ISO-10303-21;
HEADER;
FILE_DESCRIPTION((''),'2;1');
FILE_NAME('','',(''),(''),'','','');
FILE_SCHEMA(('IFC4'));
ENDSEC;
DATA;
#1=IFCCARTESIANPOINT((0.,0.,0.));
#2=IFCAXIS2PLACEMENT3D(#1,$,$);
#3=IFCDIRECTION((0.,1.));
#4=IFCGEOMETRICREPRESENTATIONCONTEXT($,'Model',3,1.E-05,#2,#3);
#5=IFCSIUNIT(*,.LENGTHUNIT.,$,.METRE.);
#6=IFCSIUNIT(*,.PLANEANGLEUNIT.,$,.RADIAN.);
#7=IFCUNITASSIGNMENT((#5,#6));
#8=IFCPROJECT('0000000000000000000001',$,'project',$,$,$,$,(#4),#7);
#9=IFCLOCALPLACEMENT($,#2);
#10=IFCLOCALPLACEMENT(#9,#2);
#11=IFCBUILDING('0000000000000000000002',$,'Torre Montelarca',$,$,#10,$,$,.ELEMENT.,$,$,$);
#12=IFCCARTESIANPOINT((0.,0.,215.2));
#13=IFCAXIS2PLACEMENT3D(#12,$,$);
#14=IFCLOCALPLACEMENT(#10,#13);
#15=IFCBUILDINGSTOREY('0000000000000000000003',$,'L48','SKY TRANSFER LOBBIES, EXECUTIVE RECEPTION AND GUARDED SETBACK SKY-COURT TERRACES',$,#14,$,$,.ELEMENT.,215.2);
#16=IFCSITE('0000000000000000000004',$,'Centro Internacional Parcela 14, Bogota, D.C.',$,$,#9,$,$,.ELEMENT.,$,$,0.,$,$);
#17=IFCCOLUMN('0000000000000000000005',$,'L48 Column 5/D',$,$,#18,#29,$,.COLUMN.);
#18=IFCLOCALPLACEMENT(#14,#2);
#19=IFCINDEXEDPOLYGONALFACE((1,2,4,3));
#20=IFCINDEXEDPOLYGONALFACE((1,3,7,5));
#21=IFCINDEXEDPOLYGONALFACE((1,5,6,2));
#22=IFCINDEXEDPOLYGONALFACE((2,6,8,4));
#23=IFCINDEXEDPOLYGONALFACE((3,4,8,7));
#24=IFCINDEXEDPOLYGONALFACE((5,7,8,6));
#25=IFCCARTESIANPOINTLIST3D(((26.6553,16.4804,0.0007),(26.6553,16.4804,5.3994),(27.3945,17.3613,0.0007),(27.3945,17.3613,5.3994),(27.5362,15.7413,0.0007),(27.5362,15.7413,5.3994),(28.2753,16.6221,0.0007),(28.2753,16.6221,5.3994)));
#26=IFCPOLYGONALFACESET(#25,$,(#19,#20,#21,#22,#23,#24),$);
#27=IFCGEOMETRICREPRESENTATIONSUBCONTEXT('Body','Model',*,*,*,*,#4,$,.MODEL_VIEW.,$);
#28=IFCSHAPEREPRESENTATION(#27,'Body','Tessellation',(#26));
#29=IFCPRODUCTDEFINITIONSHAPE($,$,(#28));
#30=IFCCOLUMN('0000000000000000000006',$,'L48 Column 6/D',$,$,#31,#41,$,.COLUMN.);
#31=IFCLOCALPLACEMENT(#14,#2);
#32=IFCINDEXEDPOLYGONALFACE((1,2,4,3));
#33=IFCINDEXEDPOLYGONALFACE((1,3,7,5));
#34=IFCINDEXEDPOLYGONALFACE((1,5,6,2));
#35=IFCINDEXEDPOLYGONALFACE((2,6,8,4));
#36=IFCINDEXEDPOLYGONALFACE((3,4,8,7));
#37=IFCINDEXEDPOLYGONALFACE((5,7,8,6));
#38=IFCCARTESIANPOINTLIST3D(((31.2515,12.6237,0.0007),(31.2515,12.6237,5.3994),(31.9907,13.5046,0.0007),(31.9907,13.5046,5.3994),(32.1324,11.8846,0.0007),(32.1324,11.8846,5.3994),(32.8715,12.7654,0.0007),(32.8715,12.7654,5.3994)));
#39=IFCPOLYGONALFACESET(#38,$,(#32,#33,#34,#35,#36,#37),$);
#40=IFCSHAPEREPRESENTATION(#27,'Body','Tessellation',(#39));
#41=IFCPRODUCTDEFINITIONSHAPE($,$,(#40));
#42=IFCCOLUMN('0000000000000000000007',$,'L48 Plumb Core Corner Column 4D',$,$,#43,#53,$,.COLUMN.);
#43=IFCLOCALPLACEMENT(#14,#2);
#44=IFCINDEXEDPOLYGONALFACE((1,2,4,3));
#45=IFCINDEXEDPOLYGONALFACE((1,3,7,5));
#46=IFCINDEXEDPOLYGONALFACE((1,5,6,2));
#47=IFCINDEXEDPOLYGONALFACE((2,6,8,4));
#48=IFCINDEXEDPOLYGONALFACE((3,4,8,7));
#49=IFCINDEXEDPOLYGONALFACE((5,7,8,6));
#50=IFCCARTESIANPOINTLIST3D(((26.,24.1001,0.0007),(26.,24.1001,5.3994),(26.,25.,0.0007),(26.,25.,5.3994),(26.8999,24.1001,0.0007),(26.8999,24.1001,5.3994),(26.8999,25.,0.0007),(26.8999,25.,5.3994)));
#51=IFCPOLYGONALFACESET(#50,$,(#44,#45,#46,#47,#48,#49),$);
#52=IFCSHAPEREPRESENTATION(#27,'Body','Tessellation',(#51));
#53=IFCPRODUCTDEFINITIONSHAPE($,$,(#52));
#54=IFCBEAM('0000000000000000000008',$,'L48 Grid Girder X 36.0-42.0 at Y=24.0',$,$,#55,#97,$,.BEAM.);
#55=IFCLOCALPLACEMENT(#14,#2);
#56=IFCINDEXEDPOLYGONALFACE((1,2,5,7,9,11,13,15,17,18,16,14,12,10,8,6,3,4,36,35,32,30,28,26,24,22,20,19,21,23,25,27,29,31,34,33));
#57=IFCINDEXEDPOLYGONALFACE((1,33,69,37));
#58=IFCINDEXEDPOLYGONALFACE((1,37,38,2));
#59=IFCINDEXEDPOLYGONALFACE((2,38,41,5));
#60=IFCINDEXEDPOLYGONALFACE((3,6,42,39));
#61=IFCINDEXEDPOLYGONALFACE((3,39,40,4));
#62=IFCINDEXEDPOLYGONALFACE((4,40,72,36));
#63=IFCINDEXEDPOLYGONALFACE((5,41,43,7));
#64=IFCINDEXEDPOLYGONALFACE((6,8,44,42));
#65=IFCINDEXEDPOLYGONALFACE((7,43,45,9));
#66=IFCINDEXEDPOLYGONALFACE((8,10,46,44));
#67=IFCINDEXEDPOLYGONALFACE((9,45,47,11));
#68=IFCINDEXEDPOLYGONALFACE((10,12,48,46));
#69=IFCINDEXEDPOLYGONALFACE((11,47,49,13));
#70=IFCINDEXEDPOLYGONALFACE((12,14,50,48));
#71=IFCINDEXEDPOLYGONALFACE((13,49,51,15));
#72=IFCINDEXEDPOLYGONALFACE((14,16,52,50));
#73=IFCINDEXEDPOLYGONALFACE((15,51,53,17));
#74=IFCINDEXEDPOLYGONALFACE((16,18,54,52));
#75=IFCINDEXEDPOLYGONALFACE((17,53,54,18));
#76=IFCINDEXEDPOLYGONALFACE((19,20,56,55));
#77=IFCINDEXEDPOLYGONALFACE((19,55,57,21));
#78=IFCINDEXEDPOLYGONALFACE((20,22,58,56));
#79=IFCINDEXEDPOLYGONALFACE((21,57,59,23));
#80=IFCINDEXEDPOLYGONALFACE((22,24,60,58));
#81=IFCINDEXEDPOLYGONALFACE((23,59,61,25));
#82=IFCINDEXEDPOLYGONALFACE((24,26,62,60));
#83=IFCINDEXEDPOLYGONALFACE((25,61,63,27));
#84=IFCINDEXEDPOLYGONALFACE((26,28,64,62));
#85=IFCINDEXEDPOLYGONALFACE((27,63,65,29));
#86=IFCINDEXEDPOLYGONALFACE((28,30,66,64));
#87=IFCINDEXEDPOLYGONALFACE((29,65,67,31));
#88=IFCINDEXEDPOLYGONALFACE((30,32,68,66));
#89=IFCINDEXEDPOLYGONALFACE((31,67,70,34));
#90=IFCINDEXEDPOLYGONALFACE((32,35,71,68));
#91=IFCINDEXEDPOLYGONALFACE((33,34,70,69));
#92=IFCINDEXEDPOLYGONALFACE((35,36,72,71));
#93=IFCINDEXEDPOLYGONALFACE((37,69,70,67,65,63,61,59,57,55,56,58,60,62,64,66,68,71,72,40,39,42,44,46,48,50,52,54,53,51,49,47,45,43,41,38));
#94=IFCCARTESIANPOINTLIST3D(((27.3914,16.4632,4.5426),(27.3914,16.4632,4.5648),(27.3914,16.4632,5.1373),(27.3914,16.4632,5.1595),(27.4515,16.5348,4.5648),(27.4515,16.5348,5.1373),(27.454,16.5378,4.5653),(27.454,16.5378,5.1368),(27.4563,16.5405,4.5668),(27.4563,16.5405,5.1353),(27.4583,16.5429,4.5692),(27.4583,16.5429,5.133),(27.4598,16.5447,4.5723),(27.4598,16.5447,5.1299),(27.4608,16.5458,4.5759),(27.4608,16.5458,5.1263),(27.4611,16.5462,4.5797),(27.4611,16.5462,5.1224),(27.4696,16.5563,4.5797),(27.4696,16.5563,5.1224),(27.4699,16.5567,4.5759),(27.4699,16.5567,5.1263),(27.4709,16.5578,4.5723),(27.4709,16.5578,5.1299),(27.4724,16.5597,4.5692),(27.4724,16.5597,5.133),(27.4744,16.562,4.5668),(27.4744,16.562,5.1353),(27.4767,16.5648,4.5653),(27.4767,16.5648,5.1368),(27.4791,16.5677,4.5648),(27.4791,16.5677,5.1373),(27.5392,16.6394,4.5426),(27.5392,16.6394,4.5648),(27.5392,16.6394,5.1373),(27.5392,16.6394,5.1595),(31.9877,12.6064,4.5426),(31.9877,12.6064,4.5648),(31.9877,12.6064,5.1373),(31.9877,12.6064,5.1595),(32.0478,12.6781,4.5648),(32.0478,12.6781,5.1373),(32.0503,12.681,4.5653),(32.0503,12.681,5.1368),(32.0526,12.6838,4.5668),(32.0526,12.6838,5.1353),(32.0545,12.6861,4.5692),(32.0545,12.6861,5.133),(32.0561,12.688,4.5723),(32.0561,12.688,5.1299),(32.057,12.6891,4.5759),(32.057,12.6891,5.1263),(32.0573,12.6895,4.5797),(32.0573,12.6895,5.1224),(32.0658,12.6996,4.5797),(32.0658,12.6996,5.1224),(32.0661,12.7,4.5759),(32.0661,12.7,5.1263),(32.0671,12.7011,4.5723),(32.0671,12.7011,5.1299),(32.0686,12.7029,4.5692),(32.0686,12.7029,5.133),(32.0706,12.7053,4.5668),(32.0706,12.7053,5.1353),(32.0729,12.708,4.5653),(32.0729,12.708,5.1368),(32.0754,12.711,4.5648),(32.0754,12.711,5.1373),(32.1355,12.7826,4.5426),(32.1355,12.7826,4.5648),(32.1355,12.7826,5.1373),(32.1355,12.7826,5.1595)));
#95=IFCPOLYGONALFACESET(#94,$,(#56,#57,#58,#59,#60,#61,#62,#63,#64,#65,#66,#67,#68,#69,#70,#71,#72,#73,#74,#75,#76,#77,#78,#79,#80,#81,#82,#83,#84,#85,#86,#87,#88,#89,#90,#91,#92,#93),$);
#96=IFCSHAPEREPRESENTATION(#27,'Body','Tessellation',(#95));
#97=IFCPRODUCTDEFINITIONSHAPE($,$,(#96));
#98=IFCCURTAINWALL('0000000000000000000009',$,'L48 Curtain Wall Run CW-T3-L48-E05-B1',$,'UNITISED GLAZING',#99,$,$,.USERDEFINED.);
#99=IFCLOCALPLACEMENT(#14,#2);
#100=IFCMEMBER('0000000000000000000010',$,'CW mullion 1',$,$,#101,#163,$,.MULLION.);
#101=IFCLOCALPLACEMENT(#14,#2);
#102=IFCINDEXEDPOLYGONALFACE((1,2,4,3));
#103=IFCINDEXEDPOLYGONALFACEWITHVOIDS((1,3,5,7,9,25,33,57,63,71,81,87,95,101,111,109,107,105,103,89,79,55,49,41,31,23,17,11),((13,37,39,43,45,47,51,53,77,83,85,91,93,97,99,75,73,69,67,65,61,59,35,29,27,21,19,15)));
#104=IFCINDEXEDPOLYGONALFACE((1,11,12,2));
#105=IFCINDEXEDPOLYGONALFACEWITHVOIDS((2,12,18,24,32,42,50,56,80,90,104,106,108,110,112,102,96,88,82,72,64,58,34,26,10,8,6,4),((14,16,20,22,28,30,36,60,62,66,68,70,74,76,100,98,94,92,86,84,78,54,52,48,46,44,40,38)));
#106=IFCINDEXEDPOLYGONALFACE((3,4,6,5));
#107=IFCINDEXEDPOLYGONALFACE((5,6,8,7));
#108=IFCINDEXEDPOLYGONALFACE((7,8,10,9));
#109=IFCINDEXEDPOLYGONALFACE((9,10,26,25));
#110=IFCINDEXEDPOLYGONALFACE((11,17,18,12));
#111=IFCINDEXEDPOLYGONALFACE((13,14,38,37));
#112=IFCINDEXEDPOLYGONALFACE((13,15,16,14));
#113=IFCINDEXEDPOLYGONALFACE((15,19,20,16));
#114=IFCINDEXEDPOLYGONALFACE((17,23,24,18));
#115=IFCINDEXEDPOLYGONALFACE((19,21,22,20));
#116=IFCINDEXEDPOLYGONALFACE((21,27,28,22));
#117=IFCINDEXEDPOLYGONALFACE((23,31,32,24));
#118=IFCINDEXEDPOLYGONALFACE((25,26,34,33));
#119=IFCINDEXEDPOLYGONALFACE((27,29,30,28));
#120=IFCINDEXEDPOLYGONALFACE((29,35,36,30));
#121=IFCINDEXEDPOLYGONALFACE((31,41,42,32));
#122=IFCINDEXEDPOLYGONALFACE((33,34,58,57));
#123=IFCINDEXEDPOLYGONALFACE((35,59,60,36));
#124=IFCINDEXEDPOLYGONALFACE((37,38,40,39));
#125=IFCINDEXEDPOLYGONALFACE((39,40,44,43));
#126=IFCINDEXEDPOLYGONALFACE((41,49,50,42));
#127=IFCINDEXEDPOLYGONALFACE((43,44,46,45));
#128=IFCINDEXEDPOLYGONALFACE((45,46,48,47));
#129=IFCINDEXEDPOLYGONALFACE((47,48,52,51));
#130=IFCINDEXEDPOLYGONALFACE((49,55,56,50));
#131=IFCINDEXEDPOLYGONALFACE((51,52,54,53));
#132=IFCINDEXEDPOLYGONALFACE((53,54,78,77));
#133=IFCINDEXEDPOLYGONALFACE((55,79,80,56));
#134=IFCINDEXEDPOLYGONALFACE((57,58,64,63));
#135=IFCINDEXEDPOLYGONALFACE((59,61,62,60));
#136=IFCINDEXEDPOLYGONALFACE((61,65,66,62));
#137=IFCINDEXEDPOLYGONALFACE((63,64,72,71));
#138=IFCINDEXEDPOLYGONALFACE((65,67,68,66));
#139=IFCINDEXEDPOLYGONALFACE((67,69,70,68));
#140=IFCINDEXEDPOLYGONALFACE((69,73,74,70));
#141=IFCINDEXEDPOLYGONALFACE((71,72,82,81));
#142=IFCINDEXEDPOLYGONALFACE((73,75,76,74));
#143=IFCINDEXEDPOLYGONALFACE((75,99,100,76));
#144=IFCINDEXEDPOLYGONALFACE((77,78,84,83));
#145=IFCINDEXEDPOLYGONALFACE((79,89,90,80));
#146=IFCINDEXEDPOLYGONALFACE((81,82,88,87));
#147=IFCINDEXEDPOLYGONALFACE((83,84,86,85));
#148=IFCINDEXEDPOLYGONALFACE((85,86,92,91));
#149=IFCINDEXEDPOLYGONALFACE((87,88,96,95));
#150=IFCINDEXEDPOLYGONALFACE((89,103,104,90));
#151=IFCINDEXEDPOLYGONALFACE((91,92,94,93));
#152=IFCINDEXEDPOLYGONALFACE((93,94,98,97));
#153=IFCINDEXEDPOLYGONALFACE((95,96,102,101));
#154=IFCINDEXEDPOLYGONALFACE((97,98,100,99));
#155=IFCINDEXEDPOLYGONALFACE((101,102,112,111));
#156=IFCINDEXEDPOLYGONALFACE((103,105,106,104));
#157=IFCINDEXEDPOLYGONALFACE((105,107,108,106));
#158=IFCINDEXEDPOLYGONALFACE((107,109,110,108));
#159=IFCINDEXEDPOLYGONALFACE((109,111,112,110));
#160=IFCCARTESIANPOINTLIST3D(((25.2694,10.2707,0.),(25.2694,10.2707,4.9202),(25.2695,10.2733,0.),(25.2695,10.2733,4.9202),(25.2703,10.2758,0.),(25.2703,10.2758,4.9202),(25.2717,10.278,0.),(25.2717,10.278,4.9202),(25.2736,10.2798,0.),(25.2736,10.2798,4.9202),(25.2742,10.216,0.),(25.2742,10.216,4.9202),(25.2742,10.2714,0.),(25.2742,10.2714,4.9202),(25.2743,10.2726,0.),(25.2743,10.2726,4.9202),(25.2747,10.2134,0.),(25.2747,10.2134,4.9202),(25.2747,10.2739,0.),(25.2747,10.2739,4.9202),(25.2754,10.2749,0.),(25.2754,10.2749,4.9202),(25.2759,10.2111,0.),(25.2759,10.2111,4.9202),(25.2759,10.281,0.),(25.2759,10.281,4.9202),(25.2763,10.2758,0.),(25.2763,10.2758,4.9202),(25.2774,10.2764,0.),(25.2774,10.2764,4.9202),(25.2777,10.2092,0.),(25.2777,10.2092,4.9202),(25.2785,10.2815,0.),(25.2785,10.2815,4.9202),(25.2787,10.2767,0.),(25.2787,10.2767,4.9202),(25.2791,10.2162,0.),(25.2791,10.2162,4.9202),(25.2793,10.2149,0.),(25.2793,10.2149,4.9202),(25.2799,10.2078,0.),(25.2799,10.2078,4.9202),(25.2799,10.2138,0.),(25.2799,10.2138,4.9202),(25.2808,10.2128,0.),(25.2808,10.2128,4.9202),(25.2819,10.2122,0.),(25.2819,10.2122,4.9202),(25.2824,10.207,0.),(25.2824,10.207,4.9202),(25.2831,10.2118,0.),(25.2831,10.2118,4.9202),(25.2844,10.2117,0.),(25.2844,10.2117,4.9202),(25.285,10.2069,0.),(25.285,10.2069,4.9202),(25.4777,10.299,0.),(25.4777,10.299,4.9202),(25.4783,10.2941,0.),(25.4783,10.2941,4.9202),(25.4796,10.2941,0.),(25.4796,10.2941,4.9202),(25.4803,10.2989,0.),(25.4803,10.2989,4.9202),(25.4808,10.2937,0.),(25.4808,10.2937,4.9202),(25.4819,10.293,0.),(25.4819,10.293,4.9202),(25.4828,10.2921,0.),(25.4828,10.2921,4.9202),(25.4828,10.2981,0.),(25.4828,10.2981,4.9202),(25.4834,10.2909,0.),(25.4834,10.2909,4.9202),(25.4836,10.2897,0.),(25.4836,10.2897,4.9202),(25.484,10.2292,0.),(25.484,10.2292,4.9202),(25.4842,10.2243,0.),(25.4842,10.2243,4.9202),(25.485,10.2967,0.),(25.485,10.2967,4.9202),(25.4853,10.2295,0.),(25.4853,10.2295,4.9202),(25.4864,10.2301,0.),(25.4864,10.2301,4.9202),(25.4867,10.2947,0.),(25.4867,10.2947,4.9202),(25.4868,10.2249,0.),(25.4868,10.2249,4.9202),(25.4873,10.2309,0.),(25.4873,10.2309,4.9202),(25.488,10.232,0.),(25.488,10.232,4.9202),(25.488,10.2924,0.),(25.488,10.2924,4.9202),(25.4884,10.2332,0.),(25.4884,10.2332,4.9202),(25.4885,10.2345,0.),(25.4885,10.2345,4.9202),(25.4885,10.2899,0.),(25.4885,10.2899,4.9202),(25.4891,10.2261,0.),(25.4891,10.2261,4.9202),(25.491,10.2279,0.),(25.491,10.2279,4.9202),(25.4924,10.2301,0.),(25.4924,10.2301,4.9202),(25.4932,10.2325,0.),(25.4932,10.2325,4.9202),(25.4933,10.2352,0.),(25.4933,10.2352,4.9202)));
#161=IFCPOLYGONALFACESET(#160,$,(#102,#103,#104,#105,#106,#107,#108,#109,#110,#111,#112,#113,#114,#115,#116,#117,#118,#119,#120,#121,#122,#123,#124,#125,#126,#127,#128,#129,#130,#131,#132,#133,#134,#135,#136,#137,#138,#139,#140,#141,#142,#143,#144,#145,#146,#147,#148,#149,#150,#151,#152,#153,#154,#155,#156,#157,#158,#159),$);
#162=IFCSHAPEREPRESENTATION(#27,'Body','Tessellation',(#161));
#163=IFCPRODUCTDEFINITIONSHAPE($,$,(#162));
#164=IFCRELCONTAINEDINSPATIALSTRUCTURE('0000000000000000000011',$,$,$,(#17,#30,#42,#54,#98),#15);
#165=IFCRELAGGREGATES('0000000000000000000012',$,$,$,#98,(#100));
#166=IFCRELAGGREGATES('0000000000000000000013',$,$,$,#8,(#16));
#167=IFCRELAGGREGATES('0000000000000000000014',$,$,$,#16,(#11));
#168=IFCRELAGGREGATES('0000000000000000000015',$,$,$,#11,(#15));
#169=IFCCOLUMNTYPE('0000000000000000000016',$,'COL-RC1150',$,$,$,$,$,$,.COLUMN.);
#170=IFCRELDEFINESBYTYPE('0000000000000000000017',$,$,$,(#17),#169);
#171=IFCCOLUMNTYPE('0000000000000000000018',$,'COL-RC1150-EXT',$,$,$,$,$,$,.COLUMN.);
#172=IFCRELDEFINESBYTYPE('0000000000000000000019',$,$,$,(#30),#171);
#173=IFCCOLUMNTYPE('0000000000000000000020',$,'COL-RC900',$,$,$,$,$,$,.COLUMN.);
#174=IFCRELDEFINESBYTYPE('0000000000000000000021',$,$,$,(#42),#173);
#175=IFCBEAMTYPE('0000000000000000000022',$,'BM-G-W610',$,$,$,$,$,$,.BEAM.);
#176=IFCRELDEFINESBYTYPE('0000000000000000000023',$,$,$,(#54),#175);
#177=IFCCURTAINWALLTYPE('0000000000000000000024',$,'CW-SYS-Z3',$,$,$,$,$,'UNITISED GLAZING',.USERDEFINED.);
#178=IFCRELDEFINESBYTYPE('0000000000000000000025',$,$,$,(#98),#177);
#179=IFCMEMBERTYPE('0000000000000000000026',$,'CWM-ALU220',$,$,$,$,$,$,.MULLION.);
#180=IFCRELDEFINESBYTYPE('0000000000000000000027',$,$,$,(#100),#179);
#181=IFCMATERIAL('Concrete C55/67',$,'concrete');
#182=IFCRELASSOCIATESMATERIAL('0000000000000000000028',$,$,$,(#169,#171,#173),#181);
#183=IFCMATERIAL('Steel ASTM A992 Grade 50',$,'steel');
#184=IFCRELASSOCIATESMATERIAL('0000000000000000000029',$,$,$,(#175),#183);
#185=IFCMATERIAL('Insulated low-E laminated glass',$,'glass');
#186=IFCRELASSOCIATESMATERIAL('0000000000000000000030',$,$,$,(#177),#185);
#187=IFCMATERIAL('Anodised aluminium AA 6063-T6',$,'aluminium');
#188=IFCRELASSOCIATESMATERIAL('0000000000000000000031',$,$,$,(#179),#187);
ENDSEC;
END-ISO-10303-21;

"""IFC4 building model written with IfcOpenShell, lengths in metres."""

from ifc_helpers import new_model, si_unit, direction, frame, origin, origin_2d, place, context, subcontext, project, spatial, rectangle, hollow_rectangle, i_section, extrude, source, transform, mapped, material, material_profile, profile_set, type_object, element, aggregate, save


model = new_model("IFC4")

# Units and contexts
model_context = context("Model", 3, precision=1e-05, world=origin(), true_north=direction((0.0, 1.0)))
body_context = subcontext(model_context, "Body", "Model", "MODEL_VIEW")
ifc_project = project(units=[si_unit("LENGTHUNIT", "METRE"), si_unit("PLANEANGLEUNIT", "RADIAN")], contexts=[model_context])

# Site, building, storey
site_placement = place(None, origin())
site = spatial("IfcSite", under=ifc_project, at=site_placement, Name="Centro Internacional Parcela 14, Bogota, D.C.", CompositionType="ELEMENT", RefElevation=0.0)
building_placement = place(site_placement, origin())
building = spatial("IfcBuilding", under=site, at=building_placement, Name="Torre Montelarca", CompositionType="ELEMENT")
storey_placement = place(building_placement, frame((0.0, 0.0, 215.2)))
storey = spatial("IfcBuildingStorey", under=building, at=storey_placement, Name="L48", Description="SKY TRANSFER LOBBIES, EXECUTIVE RECEPTION AND GUARDED SETBACK SKY-COURT TERRACES", CompositionType="ELEMENT", Elevation=215.2)

# Columns
ifc_material_1 = material(Name="Concrete C55/67", Category="concrete")
ifc_material_profile_1 = material_profile(ifc_material_1, rectangle(XDim=1.1499, YDim=1.1499, at=origin_2d()), Name="RC1150X1150", Category="concrete")
ifc_profile_set_1 = profile_set([ifc_material_profile_1], Name="Concrete C55/67")
column_type_1 = type_object("IfcColumnType", Name="COL-RC1150", PredefinedType="COLUMN", material=ifc_profile_set_1)
shared_shape_1 = source(origin(), body_context, "Body", "SweptSolid", [
    extrude(rectangle(XDim=1.1499, YDim=1.1499, at=origin_2d()), origin(), (0.0, 0.0, 1.0), 5.3987),
])
column_1_placement = place(storey_placement, frame((27.4653, 16.5513, 0.0007), z_axis=(0.0, 0.0, 1.0), x_axis=(-0.766044, 0.642788, 0.0)))
element("IfcColumn", 1, at=column_1_placement, inside=storey, type_object=column_type_1, Name="L48 Column 5/D", PredefinedType="COLUMN", context=body_context, shape_type="MappedRepresentation", body=[
    mapped(shared_shape_1, transform((0.0, 0.0, 0.0), scale=1.0)),
])
ifc_material_profile_2 = material_profile(ifc_material_1, rectangle(XDim=1.1499, YDim=1.1499, at=origin_2d()), Name="RC1150X1150", Category="concrete")
ifc_profile_set_2 = profile_set([ifc_material_profile_2], Name="Concrete C55/67")
column_type_2 = type_object("IfcColumnType", Name="COL-RC1150-EXT", PredefinedType="COLUMN", material=ifc_profile_set_2)
shared_shape_2 = source(origin(), body_context, "Body", "SweptSolid", [
    extrude(rectangle(XDim=1.1499, YDim=1.1499, at=origin_2d()), origin(), (0.0, 0.0, 1.0), 5.3987),
])
column_2_placement = place(storey_placement, frame((32.0615, 12.6946, 0.0007), z_axis=(0.0, 0.0, 1.0), x_axis=(-0.766044, 0.642788, 0.0)))
element("IfcColumn", 2, at=column_2_placement, inside=storey, type_object=column_type_2, Name="L48 Column 6/D", PredefinedType="COLUMN", context=body_context, shape_type="MappedRepresentation", body=[
    mapped(shared_shape_2, transform((0.0, 0.0, 0.0), scale=1.0)),
])
ifc_material_profile_3 = material_profile(ifc_material_1, rectangle(XDim=0.8999, YDim=0.8999, at=origin_2d()), Name="RC900X900", Category="concrete")
ifc_profile_set_3 = profile_set([ifc_material_profile_3], Name="Concrete C55/67")
column_type_3 = type_object("IfcColumnType", Name="COL-RC900", PredefinedType="COLUMN", material=ifc_profile_set_3)
shared_shape_3 = source(origin(), body_context, "Body", "SweptSolid", [
    extrude(rectangle(XDim=0.8999, YDim=0.8999, at=origin_2d()), origin(), (0.0, 0.0, 1.0), 5.3987),
])
column_3_placement = place(storey_placement, frame((26.45, 24.55, 0.0007), z_axis=(0.0, 0.0, 1.0), x_axis=(1.0, 0.0, 0.0)))
element("IfcColumn", 3, at=column_3_placement, inside=storey, type_object=column_type_3, Name="L48 Plumb Core Corner Column 4D", PredefinedType="COLUMN", context=body_context, shape_type="MappedRepresentation", body=[
    mapped(shared_shape_3, transform((0.0, 0.0, 0.0), scale=1.0)),
])

# Beam
ifc_material_2 = material(Name="Steel ASTM A992 Grade 50", Category="steel")
ifc_material_profile_4 = material_profile(ifc_material_2, i_section(OverallWidth=0.23, OverallDepth=0.6169, WebThickness=0.0132, FlangeThickness=0.0222, FilletRadius=0.0149, at=origin_2d()), Name="W610X140", Category="steel")
ifc_profile_set_4 = profile_set([ifc_material_profile_4], Name="Steel ASTM A992 Grade 50")
beam_type = type_object("IfcBeamType", Name="BM-G-W610", PredefinedType="BEAM", material=ifc_profile_set_4)
shared_shape_4 = source(origin(), body_context, "Body", "SweptSolid", [
    extrude(i_section(OverallWidth=0.23, OverallDepth=0.6169, WebThickness=0.0132, FlangeThickness=0.0222, FilletRadius=0.0149, at=origin_2d()), origin(), (0.0, 0.0, 1.0), 6.0),
])
beam_placement = place(storey_placement, frame((27.4653, 16.5513, 4.8511), z_axis=(0.766042, -0.64279, 0.0), x_axis=(0.64279, 0.766042, 0.0)))
element("IfcBeam", 4, at=beam_placement, inside=storey, type_object=beam_type, Name="L48 Grid Girder X 36.0-42.0 at Y=24.0", PredefinedType="BEAM", context=body_context, shape_type="MappedRepresentation", body=[
    mapped(shared_shape_4, transform((0.0, 0.0, 0.0), scale=1.0)),
])

# Curtain wall, member
ifc_material_3 = material(Name="Insulated low-E laminated glass", Category="glass")
curtain_wall_type = type_object("IfcCurtainWallType", Name="CW-SYS-Z3", ElementType="UNITISED GLAZING", PredefinedType="USERDEFINED", material=ifc_material_3)
curtain_wall_1_placement = place(storey_placement, origin())
curtain_wall_1 = element("IfcCurtainWall", 5, at=curtain_wall_1_placement, inside=storey, type_object=curtain_wall_type, Name="L48 Curtain Wall Run CW-T3-L48-E05-B1", ObjectType="UNITISED GLAZING", PredefinedType="USERDEFINED")
ifc_material_4 = material(Name="Anodised aluminium AA 6063-T6", Category="aluminium")
ifc_material_profile_5 = material_profile(ifc_material_4, hollow_rectangle(XDim=0.075, YDim=0.22, WallThickness=0.0049, InnerFilletRadius=0.0049, OuterFilletRadius=0.01, at=origin_2d()), Name="ALU75X220X5", Category="aluminium")
ifc_profile_set_5 = profile_set([ifc_material_profile_5], Name="Anodised aluminium AA 6063-T6")
member_type_1 = type_object("IfcMemberType", Name="CWM-ALU220", PredefinedType="MULLION", material=ifc_profile_set_5)
shared_shape_5 = source(origin(), body_context, "Body", "SweptSolid", [
    extrude(hollow_rectangle(XDim=0.075, YDim=0.22, WallThickness=0.0049, InnerFilletRadius=0.0049, OuterFilletRadius=0.01, at=origin_2d()), origin(), (0.0, 0.0, 1.0), 4.9202),
])
member_1_placement = place(storey_placement, frame((25.3813, 10.2529, 0.0), z_axis=(0.0, 0.0, 1.0), x_axis=(-0.087181, 0.996192, 0.0)))
member_1 = element("IfcMember", 6, at=member_1_placement, type_object=member_type_1, Name="CW mullion 1", PredefinedType="MULLION", context=body_context, shape_type="MappedRepresentation", body=[
    mapped(shared_shape_5, transform((0.0, 0.0, 0.0), scale=1.0)),
])

aggregate(curtain_wall_1, [member_1])

save(model, "model.ifc")
